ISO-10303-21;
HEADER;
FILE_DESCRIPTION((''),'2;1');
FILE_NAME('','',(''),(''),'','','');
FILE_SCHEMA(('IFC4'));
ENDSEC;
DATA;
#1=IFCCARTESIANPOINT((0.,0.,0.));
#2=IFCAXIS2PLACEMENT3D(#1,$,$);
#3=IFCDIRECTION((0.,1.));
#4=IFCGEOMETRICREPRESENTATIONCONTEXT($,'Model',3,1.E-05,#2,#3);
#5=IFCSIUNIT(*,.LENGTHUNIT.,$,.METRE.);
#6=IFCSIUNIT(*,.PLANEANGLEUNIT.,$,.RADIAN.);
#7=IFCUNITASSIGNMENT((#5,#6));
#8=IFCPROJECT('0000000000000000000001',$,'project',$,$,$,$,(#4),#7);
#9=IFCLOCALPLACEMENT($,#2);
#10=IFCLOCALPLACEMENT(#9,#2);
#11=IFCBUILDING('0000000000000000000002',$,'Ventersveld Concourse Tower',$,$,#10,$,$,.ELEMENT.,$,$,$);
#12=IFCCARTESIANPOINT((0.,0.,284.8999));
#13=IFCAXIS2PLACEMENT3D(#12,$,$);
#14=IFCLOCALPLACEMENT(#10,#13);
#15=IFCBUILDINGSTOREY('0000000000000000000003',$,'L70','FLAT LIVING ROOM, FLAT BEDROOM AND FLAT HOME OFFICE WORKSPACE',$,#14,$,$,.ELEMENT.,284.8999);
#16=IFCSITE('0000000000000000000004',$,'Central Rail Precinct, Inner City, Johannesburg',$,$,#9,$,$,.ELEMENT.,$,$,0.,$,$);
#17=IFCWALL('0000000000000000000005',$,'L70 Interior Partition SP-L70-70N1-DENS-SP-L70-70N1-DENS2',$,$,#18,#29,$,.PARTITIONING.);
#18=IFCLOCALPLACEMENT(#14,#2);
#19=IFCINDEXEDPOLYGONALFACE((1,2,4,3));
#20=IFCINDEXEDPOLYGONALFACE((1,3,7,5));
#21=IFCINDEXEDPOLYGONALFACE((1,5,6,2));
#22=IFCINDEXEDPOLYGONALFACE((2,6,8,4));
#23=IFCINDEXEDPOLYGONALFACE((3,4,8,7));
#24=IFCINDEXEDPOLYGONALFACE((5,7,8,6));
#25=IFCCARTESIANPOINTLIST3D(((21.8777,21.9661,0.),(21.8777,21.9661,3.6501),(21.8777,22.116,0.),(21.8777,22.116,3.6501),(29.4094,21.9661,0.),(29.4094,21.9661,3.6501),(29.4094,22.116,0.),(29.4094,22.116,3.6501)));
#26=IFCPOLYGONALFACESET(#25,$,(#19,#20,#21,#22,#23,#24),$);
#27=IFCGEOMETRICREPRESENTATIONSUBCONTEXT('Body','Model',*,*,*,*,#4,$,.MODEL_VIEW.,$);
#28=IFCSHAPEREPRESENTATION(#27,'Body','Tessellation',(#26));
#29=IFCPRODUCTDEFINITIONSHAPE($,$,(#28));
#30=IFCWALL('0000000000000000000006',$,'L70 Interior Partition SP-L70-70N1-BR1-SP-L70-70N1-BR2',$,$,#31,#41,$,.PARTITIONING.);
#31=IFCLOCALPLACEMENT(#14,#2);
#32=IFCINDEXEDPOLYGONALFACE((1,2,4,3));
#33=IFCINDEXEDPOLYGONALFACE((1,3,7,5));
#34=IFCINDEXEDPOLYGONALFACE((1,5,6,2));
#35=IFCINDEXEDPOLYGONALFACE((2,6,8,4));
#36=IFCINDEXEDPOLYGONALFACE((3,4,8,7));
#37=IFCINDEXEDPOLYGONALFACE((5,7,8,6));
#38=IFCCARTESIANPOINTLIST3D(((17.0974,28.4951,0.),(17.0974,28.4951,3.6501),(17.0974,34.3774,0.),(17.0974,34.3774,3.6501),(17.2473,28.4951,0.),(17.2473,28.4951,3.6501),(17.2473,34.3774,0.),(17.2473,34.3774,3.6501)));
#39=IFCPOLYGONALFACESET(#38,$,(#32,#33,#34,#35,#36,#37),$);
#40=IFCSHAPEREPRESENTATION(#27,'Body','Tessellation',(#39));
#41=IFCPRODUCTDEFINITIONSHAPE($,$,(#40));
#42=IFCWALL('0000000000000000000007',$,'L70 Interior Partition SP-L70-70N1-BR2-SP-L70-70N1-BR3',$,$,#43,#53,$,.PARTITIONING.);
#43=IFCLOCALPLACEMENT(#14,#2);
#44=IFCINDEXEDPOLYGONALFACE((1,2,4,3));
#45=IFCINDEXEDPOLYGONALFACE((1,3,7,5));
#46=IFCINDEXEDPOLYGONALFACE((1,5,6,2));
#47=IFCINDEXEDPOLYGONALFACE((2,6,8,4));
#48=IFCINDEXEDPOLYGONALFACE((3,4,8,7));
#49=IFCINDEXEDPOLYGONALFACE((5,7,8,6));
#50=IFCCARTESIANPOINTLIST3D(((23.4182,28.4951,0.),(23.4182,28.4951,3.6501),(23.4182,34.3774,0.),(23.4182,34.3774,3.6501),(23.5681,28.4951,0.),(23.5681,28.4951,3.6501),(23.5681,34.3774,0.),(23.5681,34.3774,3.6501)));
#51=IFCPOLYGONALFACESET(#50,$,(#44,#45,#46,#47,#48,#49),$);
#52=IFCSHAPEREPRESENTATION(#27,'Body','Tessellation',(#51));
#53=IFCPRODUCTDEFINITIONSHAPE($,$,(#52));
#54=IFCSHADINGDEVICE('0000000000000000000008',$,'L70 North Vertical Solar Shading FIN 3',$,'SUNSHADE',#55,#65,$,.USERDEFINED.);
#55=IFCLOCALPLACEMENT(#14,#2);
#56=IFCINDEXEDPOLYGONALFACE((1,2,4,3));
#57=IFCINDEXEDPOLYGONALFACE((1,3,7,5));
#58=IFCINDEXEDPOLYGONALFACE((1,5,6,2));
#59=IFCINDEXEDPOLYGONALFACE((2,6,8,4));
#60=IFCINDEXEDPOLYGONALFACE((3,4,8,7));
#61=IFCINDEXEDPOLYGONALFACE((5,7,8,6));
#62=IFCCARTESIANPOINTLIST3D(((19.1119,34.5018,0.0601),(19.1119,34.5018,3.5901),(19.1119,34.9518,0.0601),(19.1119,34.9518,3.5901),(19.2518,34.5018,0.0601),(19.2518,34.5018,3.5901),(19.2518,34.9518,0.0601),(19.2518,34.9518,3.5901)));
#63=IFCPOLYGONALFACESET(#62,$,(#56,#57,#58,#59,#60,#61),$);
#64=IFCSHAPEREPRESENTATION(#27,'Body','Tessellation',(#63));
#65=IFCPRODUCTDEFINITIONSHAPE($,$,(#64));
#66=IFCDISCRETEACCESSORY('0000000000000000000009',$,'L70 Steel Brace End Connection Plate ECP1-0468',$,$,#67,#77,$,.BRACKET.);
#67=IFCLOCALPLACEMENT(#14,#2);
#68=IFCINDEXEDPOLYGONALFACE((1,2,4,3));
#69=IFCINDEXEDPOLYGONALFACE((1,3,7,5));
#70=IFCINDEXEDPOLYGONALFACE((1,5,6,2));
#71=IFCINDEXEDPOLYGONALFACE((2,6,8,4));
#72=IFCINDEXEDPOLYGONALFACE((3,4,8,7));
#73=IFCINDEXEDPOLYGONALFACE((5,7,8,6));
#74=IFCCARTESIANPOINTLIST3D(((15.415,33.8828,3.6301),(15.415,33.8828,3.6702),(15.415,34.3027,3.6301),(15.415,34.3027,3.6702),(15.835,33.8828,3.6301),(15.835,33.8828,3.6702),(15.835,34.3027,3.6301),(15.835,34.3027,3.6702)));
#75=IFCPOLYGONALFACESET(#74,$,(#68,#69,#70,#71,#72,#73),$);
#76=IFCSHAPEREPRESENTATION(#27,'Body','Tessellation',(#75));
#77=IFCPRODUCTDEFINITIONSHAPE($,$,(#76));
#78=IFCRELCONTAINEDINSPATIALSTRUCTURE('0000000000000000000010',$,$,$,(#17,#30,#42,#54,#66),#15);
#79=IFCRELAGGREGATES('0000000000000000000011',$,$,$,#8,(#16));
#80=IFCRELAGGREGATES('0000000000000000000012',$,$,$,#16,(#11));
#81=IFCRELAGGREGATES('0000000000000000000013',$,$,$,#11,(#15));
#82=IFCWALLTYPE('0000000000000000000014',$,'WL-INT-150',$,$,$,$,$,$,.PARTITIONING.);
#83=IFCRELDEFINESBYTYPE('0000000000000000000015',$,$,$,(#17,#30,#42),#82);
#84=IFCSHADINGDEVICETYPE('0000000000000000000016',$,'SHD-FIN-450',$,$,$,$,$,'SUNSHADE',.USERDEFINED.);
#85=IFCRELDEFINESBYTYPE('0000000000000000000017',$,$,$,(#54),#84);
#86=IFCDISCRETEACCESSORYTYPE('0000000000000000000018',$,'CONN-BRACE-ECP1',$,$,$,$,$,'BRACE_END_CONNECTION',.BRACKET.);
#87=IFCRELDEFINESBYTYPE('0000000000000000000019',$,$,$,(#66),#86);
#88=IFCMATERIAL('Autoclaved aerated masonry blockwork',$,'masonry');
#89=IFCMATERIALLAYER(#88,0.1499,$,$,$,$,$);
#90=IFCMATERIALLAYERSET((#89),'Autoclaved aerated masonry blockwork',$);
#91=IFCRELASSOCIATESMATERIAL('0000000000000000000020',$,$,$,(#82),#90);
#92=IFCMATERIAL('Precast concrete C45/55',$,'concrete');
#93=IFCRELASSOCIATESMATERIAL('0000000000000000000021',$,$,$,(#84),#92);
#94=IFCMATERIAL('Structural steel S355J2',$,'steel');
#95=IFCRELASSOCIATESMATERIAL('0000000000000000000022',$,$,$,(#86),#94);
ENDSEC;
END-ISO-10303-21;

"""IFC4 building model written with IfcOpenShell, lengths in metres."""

from ifc_helpers import new_model, si_unit, direction, frame, frame_2d, origin, origin_2d, place, context, subcontext, project, spatial, rectangle, extrude, material, layer, layer_set, type_object, element, save


model = new_model("IFC4")

# Units and contexts
model_context = context("Model", 3, precision=1e-05, world=origin(), true_north=direction((0.0, 1.0)))
body_context = subcontext(model_context, "Body", "Model", "MODEL_VIEW")
ifc_project = project(units=[si_unit("LENGTHUNIT", "METRE"), si_unit("PLANEANGLEUNIT", "RADIAN")], contexts=[model_context])

# Site, building, storey
site_placement = place(None, origin())
site = spatial("IfcSite", under=ifc_project, at=site_placement, Name="Central Rail Precinct, Inner City, Johannesburg", CompositionType="ELEMENT", RefElevation=0.0)
building_placement = place(site_placement, origin())
building = spatial("IfcBuilding", under=site, at=building_placement, Name="Ventersveld Concourse Tower", CompositionType="ELEMENT")
storey_placement = place(building_placement, frame((0.0, 0.0, 284.8999)))
storey = spatial("IfcBuildingStorey", under=building, at=storey_placement, Name="L70", Description="FLAT LIVING ROOM, FLAT BEDROOM AND FLAT HOME OFFICE WORKSPACE", CompositionType="ELEMENT", Elevation=284.8999)

# Shared definitions
ifc_material_1 = material(Name="Structural steel S355J2", Category="steel")

# Shared definitions
ifc_material_2 = material(Name="Autoclaved aerated masonry blockwork", Category="masonry")
ifc_layer = layer(ifc_material_2, 0.1499)
ifc_layer_set = layer_set([ifc_layer], Name="Autoclaved aerated masonry blockwork")
wall_type = type_object("IfcWallType", Name="WL-INT-150", PredefinedType="PARTITIONING", material=ifc_layer_set)

# Walls
wall_1_placement = place(storey_placement, frame((21.8777, 22.041, 0.0), z_axis=(0.0, 0.0, 1.0), x_axis=(1.0, 0.0, 0.0)))
element("IfcWall", 1, at=wall_1_placement, inside=storey, type_object=wall_type, Name="L70 Interior Partition SP-L70-70N1-DENS-SP-L70-70N1-DENS2", PredefinedType="PARTITIONING", context=body_context, shape_type="SweptSolid", body=[
    extrude(rectangle(XDim=7.5317, YDim=0.1499, at=frame_2d((3.7659, 0.0))), origin(), (0.0, 0.0, 1.0), 3.6501),
])
for number, where, z_axis, x_axis, name in (
    (2, (17.1724, 28.4951, 0.0), (0.0, 0.0, 1.0), (0.0, 1.0, 0.0), "L70 Interior Partition SP-L70-70N1-BR1-SP-L70-70N1-BR2"),
    (3, (23.4932, 28.4951, 0.0), (0.0, 0.0, 1.0), (0.0, 1.0, 0.0), "L70 Interior Partition SP-L70-70N1-BR2-SP-L70-70N1-BR3"),
):
    element("IfcWall", number, at=place(storey_placement, frame(where, z_axis=z_axis, x_axis=x_axis)), inside=storey, type_object=wall_type, Name=name, PredefinedType="PARTITIONING", context=body_context, shape_type="SweptSolid", body=[
        extrude(rectangle(XDim=5.8823, YDim=0.1499, at=frame_2d((2.9412, 0.0))), origin(), (0.0, 0.0, 1.0), 3.6501),
    ])

# Shading device
ifc_material_3 = material(Name="Precast concrete C45/55", Category="concrete")
shading_device_type = type_object("IfcShadingDeviceType", Name="SHD-FIN-450", ElementType="SUNSHADE", PredefinedType="USERDEFINED", material=ifc_material_3)
shading_device_placement = place(storey_placement, frame((19.1819, 34.7268, 0.0601), z_axis=(0.0, 0.0, 1.0), x_axis=(1.0, 0.0, 0.0)))
element("IfcShadingDevice", 4, at=shading_device_placement, inside=storey, type_object=shading_device_type, Name="L70 North Vertical Solar Shading FIN 3", ObjectType="SUNSHADE", PredefinedType="USERDEFINED", context=body_context, shape_type="SweptSolid", body=[
    extrude(rectangle(XDim=0.1399, YDim=0.45, at=origin_2d()), origin(), (0.0, 0.0, 1.0), 3.53),
])

# Discrete accessory
discrete_accessory_type = type_object("IfcDiscreteAccessoryType", Name="CONN-BRACE-ECP1", ElementType="BRACE_END_CONNECTION", PredefinedType="BRACKET", material=ifc_material_1)
discrete_accessory_placement = place(storey_placement, frame((15.625, 34.0928, 3.6301), z_axis=(0.0, 0.0, 1.0), x_axis=(1.0, 0.0, 0.0)))
element("IfcDiscreteAccessory", 5, at=discrete_accessory_placement, inside=storey, type_object=discrete_accessory_type, Name="L70 Steel Brace End Connection Plate ECP1-0468", PredefinedType="BRACKET", context=body_context, shape_type="SweptSolid", body=[
    extrude(rectangle(XDim=0.4199, YDim=0.4199, at=origin_2d()), origin(), (0.0, 0.0, 1.0), 0.04),
])

save(model, "model.ifc")
